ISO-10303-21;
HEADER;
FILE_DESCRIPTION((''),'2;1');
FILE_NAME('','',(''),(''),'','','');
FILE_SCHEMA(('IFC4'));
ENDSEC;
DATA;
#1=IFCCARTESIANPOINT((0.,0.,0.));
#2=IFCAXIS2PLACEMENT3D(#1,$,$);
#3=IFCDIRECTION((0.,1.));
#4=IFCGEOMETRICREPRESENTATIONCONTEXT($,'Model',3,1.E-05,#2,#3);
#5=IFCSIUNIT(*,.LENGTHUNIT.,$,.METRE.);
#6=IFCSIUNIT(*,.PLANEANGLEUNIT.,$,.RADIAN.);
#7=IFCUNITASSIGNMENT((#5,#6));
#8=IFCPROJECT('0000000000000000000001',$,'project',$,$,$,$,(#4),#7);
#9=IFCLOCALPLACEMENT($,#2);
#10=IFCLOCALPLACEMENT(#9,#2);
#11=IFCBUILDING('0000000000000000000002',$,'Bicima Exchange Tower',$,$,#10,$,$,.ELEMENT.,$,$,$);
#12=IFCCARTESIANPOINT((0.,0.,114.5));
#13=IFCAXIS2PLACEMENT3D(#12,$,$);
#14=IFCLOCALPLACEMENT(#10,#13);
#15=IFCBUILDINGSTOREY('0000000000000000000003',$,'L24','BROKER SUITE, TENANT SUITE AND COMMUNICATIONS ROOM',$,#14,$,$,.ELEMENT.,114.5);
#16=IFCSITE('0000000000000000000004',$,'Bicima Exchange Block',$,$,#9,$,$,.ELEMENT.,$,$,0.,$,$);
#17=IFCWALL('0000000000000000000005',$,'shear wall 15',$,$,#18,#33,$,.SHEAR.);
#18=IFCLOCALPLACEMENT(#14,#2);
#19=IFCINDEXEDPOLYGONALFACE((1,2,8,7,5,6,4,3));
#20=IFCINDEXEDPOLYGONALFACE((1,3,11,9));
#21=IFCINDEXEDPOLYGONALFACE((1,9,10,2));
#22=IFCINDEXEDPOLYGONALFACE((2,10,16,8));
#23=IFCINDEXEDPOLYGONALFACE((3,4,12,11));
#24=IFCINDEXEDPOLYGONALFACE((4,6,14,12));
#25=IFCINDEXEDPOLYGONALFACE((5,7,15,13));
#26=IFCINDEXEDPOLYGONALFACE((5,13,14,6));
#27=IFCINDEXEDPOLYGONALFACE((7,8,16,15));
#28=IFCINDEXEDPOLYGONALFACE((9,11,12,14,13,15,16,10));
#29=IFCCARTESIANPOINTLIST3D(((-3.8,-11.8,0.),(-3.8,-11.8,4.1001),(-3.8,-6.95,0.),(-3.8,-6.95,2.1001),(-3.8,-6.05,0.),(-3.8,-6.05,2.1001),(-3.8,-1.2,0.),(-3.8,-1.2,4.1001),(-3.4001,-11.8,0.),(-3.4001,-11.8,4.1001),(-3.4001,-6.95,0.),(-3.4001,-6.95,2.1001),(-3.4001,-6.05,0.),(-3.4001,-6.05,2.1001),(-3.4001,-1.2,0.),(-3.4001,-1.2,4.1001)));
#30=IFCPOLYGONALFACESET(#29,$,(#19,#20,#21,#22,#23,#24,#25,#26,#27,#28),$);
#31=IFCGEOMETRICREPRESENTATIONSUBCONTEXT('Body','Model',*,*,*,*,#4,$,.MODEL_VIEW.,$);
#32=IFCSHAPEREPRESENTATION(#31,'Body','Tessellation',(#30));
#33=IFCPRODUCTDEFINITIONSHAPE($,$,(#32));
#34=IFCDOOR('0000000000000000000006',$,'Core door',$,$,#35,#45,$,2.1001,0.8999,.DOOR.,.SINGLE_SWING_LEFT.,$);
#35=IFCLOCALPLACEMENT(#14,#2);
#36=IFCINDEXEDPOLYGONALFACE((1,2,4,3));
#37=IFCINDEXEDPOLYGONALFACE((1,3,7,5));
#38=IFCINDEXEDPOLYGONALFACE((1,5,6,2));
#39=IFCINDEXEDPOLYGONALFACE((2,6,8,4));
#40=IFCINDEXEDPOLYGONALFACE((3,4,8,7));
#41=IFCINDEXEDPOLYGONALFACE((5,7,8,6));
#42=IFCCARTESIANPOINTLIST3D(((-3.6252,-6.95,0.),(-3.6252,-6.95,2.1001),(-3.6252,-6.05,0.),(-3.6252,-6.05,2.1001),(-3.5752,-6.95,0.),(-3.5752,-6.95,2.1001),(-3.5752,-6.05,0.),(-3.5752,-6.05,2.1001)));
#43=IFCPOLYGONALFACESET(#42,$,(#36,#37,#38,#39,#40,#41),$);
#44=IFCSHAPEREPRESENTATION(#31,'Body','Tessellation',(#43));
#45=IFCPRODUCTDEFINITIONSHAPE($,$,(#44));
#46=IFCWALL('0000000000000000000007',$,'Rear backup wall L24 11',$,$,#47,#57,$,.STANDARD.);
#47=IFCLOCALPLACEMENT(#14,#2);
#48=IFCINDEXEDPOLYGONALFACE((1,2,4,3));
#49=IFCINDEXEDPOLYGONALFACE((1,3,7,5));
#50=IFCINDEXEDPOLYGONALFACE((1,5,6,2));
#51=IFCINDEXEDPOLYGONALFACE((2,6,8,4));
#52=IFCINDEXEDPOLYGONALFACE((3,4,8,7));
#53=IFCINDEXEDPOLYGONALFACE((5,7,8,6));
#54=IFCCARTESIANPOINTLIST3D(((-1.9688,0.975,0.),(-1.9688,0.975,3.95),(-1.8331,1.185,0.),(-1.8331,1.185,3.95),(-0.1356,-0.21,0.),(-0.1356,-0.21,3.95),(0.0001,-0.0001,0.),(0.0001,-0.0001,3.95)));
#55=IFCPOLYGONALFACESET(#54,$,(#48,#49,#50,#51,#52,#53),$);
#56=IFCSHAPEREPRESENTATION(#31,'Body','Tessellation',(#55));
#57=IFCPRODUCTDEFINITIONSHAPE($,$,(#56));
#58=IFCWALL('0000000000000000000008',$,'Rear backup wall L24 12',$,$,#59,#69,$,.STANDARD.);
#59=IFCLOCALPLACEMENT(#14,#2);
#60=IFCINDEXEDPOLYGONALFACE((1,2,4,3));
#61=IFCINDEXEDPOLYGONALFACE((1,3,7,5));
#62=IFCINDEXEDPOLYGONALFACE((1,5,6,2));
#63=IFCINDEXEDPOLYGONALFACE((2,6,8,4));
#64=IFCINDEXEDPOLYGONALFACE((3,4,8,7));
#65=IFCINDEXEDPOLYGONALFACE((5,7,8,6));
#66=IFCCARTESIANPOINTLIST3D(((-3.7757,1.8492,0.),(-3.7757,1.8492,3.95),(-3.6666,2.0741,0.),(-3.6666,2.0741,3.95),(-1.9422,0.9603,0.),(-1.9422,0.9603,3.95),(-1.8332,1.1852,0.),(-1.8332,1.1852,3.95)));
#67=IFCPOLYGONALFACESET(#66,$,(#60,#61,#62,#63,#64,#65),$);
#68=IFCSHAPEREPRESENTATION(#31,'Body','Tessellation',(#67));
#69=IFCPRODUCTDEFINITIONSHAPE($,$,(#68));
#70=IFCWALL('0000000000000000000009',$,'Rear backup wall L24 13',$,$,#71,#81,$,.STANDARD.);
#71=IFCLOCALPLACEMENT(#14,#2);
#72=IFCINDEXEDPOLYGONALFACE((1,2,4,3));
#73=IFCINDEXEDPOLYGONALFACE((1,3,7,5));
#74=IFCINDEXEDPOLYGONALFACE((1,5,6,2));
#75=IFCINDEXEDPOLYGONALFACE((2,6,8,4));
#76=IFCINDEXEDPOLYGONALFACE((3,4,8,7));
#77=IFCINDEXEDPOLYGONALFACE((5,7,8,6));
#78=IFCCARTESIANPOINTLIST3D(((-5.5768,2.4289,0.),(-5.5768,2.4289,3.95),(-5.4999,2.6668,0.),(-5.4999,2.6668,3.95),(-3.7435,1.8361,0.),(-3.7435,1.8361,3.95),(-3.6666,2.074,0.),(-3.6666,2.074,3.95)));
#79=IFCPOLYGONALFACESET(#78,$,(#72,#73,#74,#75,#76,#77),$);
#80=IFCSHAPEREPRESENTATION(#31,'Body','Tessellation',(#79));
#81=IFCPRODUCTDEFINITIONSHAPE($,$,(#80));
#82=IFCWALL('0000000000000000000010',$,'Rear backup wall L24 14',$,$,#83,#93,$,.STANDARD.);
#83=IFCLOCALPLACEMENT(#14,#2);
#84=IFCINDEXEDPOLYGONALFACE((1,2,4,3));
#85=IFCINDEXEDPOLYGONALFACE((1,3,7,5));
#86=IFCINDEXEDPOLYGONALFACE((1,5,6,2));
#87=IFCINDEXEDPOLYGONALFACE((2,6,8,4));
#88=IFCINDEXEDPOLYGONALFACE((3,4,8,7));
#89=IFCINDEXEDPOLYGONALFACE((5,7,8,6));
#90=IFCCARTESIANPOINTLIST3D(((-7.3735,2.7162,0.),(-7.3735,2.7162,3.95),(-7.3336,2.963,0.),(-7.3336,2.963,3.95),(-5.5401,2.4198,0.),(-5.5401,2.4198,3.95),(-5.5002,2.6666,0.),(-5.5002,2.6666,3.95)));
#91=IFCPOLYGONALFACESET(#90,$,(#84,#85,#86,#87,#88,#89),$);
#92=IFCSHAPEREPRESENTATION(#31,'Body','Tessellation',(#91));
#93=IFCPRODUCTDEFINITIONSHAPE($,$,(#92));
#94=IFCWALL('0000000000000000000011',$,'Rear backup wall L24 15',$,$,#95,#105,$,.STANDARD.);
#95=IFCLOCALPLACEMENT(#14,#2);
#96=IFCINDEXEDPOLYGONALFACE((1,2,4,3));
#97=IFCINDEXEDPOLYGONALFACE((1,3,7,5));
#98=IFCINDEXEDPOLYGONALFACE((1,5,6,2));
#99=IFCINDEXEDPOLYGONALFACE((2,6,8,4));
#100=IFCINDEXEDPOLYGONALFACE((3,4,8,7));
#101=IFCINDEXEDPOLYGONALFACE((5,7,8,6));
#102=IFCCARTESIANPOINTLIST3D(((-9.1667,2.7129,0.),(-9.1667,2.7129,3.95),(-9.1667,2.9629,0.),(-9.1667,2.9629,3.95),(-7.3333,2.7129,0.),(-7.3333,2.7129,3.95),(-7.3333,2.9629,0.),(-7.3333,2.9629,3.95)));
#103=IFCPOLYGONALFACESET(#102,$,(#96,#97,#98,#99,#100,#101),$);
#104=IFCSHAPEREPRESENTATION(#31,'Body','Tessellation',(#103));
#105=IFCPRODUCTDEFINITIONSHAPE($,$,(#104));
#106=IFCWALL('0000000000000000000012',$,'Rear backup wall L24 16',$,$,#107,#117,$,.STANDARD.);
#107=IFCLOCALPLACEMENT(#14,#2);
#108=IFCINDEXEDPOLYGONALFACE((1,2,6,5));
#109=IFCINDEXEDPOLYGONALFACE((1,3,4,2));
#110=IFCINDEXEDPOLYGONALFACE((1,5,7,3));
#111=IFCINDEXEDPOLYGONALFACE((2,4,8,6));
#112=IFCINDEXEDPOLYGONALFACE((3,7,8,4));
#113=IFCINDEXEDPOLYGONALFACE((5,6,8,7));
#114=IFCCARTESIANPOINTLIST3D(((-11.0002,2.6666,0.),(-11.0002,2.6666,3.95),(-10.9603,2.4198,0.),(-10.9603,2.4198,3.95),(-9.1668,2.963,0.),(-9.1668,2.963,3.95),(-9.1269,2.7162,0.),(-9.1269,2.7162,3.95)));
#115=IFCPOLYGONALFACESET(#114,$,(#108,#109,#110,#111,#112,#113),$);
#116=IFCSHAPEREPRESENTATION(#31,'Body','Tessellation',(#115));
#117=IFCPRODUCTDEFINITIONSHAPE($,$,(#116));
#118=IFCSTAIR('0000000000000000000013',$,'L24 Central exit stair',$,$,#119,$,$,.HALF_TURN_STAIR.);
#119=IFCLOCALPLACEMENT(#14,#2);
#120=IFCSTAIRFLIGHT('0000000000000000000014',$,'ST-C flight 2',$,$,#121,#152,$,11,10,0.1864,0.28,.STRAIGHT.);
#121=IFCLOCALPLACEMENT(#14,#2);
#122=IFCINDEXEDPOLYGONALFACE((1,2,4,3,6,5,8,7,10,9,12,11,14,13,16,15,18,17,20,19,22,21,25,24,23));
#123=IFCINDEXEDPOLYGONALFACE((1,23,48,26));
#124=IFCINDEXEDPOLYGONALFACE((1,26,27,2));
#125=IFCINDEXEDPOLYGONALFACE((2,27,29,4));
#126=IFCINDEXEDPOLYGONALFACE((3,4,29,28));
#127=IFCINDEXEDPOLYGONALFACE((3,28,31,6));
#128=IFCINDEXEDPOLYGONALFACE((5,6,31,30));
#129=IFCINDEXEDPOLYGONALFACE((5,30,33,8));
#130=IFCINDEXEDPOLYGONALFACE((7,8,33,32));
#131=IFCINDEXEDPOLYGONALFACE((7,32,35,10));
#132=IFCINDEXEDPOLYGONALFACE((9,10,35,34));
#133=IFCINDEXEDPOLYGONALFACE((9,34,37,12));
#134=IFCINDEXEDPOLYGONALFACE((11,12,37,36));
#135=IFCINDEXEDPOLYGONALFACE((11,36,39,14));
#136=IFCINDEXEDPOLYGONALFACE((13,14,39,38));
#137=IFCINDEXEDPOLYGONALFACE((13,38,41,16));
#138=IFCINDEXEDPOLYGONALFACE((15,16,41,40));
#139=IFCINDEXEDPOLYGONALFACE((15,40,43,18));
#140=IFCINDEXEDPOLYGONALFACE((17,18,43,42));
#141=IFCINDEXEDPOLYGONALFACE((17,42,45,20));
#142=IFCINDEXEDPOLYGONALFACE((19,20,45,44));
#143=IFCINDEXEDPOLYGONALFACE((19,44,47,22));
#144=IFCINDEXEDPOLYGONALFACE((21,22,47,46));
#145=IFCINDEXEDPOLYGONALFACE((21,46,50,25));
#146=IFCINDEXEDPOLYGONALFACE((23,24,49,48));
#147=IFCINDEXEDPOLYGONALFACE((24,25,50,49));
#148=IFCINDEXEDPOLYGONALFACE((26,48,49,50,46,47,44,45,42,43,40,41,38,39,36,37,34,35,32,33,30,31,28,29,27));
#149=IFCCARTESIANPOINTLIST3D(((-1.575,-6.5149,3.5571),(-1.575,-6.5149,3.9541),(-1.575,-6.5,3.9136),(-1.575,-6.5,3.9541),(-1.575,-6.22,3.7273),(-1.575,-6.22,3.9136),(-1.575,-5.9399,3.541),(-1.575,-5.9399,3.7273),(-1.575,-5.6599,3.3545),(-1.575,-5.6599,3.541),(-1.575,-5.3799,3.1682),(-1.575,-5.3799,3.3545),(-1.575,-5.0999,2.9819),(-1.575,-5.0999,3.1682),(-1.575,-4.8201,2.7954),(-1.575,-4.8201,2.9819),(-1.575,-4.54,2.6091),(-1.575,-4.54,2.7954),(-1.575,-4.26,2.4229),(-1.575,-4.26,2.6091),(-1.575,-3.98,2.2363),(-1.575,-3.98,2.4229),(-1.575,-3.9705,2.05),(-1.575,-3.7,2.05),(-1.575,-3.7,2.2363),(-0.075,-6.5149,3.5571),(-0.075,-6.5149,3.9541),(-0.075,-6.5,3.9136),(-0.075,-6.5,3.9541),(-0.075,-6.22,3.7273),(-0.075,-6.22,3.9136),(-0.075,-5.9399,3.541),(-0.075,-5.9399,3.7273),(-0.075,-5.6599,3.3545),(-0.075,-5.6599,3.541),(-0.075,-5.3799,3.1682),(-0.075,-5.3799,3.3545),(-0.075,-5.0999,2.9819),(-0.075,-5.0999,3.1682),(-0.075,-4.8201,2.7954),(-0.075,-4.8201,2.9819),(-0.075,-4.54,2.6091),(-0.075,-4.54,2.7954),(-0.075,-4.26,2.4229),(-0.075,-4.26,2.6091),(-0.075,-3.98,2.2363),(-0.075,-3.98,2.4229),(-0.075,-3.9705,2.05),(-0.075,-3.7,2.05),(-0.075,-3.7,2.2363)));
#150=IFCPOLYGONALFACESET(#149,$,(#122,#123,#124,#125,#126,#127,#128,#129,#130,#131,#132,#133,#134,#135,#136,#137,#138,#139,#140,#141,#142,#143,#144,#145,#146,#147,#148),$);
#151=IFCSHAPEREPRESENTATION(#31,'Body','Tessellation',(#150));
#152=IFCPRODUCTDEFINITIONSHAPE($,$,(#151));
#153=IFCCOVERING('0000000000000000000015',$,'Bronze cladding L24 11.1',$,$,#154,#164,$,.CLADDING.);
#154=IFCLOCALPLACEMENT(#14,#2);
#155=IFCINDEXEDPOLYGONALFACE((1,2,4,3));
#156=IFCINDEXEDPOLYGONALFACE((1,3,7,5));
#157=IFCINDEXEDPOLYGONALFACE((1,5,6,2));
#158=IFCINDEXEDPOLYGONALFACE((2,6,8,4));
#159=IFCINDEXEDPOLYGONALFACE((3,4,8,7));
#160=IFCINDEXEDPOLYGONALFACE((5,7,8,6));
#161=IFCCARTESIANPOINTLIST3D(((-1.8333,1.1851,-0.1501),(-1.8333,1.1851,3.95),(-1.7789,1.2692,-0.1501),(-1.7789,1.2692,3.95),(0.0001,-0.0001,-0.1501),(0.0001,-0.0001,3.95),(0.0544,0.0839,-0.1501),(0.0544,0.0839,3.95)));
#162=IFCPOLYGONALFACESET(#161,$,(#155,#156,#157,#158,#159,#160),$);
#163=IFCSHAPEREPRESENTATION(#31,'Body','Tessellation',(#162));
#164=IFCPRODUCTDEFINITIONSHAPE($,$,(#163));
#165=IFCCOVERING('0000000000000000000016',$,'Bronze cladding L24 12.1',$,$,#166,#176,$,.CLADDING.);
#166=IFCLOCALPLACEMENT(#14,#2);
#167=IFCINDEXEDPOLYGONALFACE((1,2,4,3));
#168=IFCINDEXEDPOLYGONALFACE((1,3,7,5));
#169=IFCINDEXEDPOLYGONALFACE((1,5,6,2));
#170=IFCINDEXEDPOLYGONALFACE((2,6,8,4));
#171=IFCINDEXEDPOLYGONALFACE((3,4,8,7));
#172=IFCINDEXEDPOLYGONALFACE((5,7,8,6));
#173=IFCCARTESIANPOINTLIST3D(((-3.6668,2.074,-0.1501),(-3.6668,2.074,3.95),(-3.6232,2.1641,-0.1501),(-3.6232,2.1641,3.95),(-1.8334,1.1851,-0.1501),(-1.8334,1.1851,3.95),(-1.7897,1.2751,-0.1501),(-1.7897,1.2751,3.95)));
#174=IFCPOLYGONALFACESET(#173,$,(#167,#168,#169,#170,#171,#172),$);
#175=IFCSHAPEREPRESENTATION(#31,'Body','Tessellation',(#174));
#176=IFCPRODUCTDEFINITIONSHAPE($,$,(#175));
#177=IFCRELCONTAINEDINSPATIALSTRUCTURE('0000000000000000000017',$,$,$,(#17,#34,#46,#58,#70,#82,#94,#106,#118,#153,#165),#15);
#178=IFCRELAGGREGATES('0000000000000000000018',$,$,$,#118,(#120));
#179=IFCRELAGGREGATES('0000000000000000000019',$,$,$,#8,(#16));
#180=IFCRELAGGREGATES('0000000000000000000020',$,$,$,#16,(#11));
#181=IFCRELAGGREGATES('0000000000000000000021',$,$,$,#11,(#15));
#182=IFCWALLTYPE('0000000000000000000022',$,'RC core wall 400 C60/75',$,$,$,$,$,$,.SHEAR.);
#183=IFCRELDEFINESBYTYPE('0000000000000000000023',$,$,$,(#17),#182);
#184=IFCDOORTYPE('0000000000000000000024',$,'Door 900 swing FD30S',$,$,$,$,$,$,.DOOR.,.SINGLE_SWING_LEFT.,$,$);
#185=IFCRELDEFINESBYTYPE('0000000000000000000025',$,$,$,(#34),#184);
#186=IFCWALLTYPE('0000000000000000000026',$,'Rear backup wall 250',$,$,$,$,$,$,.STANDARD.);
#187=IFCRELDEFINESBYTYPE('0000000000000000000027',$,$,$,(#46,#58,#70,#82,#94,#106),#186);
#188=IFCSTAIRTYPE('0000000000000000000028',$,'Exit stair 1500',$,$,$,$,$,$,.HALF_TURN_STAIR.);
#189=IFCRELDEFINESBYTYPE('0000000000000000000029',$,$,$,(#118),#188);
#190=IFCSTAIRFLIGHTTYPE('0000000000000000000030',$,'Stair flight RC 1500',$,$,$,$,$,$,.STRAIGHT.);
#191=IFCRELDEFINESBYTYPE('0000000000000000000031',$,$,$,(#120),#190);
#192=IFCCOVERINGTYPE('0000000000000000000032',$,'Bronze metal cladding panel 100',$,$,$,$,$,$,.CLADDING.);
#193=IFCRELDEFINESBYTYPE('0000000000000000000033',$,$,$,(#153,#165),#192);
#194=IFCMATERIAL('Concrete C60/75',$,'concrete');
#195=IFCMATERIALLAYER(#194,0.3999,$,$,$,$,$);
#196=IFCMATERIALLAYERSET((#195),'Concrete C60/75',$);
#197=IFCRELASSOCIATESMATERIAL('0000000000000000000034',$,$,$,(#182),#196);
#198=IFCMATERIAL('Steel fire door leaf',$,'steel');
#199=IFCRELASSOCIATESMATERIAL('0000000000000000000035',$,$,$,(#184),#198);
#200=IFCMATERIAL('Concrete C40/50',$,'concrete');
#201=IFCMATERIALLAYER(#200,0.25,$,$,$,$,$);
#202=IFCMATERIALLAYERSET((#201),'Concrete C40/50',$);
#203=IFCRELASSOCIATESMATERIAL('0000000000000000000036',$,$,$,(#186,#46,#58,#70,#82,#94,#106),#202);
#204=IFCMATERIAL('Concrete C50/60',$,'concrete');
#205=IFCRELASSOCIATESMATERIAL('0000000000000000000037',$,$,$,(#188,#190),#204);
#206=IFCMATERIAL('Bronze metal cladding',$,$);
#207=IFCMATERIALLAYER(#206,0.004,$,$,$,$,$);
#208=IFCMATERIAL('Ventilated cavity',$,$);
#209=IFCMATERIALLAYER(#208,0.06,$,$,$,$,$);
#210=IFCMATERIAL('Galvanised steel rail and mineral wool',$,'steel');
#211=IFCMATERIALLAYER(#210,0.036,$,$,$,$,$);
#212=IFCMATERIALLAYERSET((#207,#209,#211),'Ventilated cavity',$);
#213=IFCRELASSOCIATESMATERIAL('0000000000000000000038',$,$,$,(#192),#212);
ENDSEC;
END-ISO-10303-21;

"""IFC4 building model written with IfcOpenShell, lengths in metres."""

from ifc_helpers import new_model, si_unit, direction, frame, frame_2d, origin, origin_2d, place, context, subcontext, project, spatial, polyline, rectangle, outline, extrude, material, layer, layer_set, layer_usage, type_object, element, fill, aggregate, save


model = new_model("IFC4")

# Units and contexts
model_context = context("Model", 3, precision=1e-05, world=origin(), true_north=direction((0.0, 1.0)))
body_context = subcontext(model_context, "Body", "Model", "MODEL_VIEW")
ifc_project = project(units=[si_unit("LENGTHUNIT", "METRE"), si_unit("PLANEANGLEUNIT", "RADIAN")], contexts=[model_context])

# Site, building, storey
site_placement = place(None, origin())
site = spatial("IfcSite", under=ifc_project, at=site_placement, Name="Bicima Exchange Block", CompositionType="ELEMENT", RefElevation=0.0)
building_placement = place(site_placement, origin())
building = spatial("IfcBuilding", under=site, at=building_placement, Name="Bicima Exchange Tower", CompositionType="ELEMENT")
storey_placement = place(building_placement, frame((0.0, 0.0, 114.5)))
storey = spatial("IfcBuildingStorey", under=building, at=storey_placement, Name="L24", Description="BROKER SUITE, TENANT SUITE AND COMMUNICATIONS ROOM", CompositionType="ELEMENT", Elevation=114.5)

# Shared definitions
ifc_material_1 = material(Name="Concrete C50/60", Category="concrete")
ifc_material_2 = material(Name="Steel fire door leaf", Category="steel")

# Wall, opening, door
ifc_material_3 = material(Name="Concrete C60/75", Category="concrete")
ifc_layer_1 = layer(ifc_material_3, 0.3999)
ifc_layer_set_1 = layer_set([ifc_layer_1], Name="Concrete C60/75")
wall_type_1 = type_object("IfcWallType", Name="RC core wall 400 C60/75", PredefinedType="SHEAR", material=ifc_layer_set_1)
door_type_1 = type_object("IfcDoorType", Name="Door 900 swing FD30S", OperationType="SINGLE_SWING_LEFT", PredefinedType="DOOR", material=ifc_material_2)
wall_1_placement = place(storey_placement, frame((-3.6001, -11.8, 0.0), z_axis=(0.0, 0.0, 1.0), x_axis=(0.0, 1.0, 0.0)))
wall_1 = element("IfcWall", 1, at=wall_1_placement, inside=storey, type_object=wall_type_1, Name="shear wall 15", PredefinedType="SHEAR", context=body_context, shape_type="SweptSolid", body=[
    extrude(rectangle(XDim=10.6001, YDim=0.3999, at=frame_2d((5.3, 0.0))), origin(), (0.0, 0.0, 1.0), 4.1001),
])
opening_1_placement = place(wall_1_placement, frame((4.8501, 0.0, 0.0)))
opening_1 = element("IfcOpeningElement", 2, at=opening_1_placement, cuts=wall_1, PredefinedType="OPENING", context=body_context, shape_type="SweptSolid", body=[
    extrude(rectangle(XDim=0.8999, YDim=2.1001, at=frame_2d((0.45, 1.05))), frame((0.0, 0.2119, 0.0), z_axis=(0.0, -1.0, 0.0), x_axis=(1.0, 0.0, 0.0)), (0.0, 0.0, 1.0), 0.4238),
])
door_1_placement = place(opening_1_placement, frame((0.8999, 0.0, 0.0), z_axis=(0.0, 0.0, 1.0), x_axis=(-1.0, 0.0, 0.0)))
door_1 = element("IfcDoor", 3, at=door_1_placement, inside=storey, type_object=door_type_1, Name="Core door", OperationType="SINGLE_SWING_LEFT", OverallHeight=2.1001, OverallWidth=0.8999, PredefinedType="DOOR", context=body_context, shape_type="SweptSolid", body=[
    extrude(rectangle(XDim=0.8999, YDim=2.1001, at=frame_2d((0.45, 1.05))), frame((0.0, 0.0249, 0.0), z_axis=(0.0, -1.0, 0.0), x_axis=(1.0, 0.0, 0.0)), (0.0, 0.0, 1.0), 0.05),
])
fill(opening_1, door_1)

# Walls
ifc_material_4 = material(Name="Concrete C40/50", Category="concrete")
ifc_layer_2 = layer(ifc_material_4, 0.25)
ifc_layer_set_2 = layer_set([ifc_layer_2], Name="Concrete C40/50")
ifc_layer_usage = layer_usage(ifc_layer_set_2, "AXIS2", "POSITIVE", -0.125)
wall_type_2 = type_object("IfcWallType", Name="Rear backup wall 250", PredefinedType="STANDARD", material=ifc_layer_set_2)
wall_2_placement = place(storey_placement, frame((-0.0679, -0.105, 0.0), z_axis=(0.0, 0.0, 1.0), x_axis=(-0.839813, 0.542876, 0.0)))
element("IfcWall", 4, at=wall_2_placement, inside=storey, type_object=wall_type_2, material=ifc_layer_usage, Name="Rear backup wall L24 11", PredefinedType="STANDARD", context=body_context, shape_type="SweptSolid", body=[
    extrude(rectangle(XDim=2.1829, YDim=0.25, at=frame_2d((1.0913, 0.0))), origin(), (0.0, 0.0, 1.0), 3.95),
])
wall_3_placement = place(storey_placement, frame((-1.8877, 1.0728, 0.0), z_axis=(0.0, 0.0, 1.0), x_axis=(-0.899824, 0.436253, 0.0)))
element("IfcWall", 5, at=wall_3_placement, inside=storey, type_object=wall_type_2, material=ifc_layer_usage, Name="Rear backup wall L24 12", PredefinedType="STANDARD", context=body_context, shape_type="SweptSolid", body=[
    extrude(rectangle(XDim=2.0376, YDim=0.25, at=frame_2d((1.0188, 0.0))), origin(), (0.0, 0.0, 1.0), 3.95),
])
wall_4_placement = place(storey_placement, frame((-3.7051, 1.9551, 0.0), z_axis=(0.0, 0.0, 1.0), x_axis=(-0.951496, 0.307662, 0.0)))
element("IfcWall", 6, at=wall_4_placement, inside=storey, type_object=wall_type_2, material=ifc_layer_usage, Name="Rear backup wall L24 13", PredefinedType="STANDARD", context=body_context, shape_type="SweptSolid", body=[
    extrude(rectangle(XDim=1.9268, YDim=0.25, at=frame_2d((0.9634, 0.0))), origin(), (0.0, 0.0, 1.0), 3.95),
])
wall_5_placement = place(storey_placement, frame((-5.52, 2.5432, 0.0), z_axis=(0.0, 0.0, 1.0), x_axis=(-0.987182, 0.1596, 0.0)))
element("IfcWall", 7, at=wall_5_placement, inside=storey, type_object=wall_type_2, material=ifc_layer_usage, Name="Rear backup wall L24 14", PredefinedType="STANDARD", context=body_context, shape_type="SweptSolid", body=[
    extrude(rectangle(XDim=1.8572, YDim=0.25, at=frame_2d((0.9287, 0.0))), origin(), (0.0, 0.0, 1.0), 3.95),
])
wall_6_placement = place(storey_placement, frame((-7.3333, 2.8379, 0.0), z_axis=(0.0, 0.0, 1.0), x_axis=(-1.0, 0.0, 0.0)))
element("IfcWall", 8, at=wall_6_placement, inside=storey, type_object=wall_type_2, material=ifc_layer_usage, Name="Rear backup wall L24 15", PredefinedType="STANDARD", context=body_context, shape_type="SweptSolid", body=[
    extrude(rectangle(XDim=1.8335, YDim=0.25, at=frame_2d((0.9167, 0.0))), origin(), (0.0, 0.0, 1.0), 3.95),
])
wall_7_placement = place(storey_placement, frame((-9.1467, 2.8396, 0.0), z_axis=(0.0, 0.0, 1.0), x_axis=(-0.987182, -0.1596, 0.0)))
element("IfcWall", 9, at=wall_7_placement, inside=storey, type_object=wall_type_2, material=ifc_layer_usage, Name="Rear backup wall L24 16", PredefinedType="STANDARD", context=body_context, shape_type="SweptSolid", body=[
    extrude(rectangle(XDim=1.8572, YDim=0.25, at=frame_2d((0.9287, 0.0))), origin(), (0.0, 0.0, 1.0), 3.95),
])

# Stair, stair flight
stair_type = type_object("IfcStairType", Name="Exit stair 1500", PredefinedType="HALF_TURN_STAIR", material=ifc_material_1)
stair_placement = place(storey_placement, origin())
stair = element("IfcStair", 10, at=stair_placement, inside=storey, type_object=stair_type, Name="L24 Central exit stair", PredefinedType="HALF_TURN_STAIR")
stair_flight_type = type_object("IfcStairFlightType", Name="Stair flight RC 1500", PredefinedType="STRAIGHT", material=ifc_material_1)
stair_flight_placement = place(storey_placement, frame((-0.825, -3.7, 2.05), z_axis=(0.0, 0.0, 1.0), x_axis=(0.0, -1.0, 0.0)))
stair_flight = element("IfcStairFlight", 11, at=stair_flight_placement, type_object=stair_flight_type, Name="ST-C flight 2", NumberOfRisers=11, NumberOfTreads=10, PredefinedType="STRAIGHT", RiserHeight=0.1864, TreadLength=0.28, context=body_context, shape_type="SweptSolid", body=[
    extrude(outline(polyline([(0.0, 0.0), (0.0, 0.1863), (0.28, 0.1863), (0.28, 0.3728), (0.5601, 0.3728), (0.5601, 0.5591), (0.8401, 0.5591), (0.8401, 0.7454), (1.1201, 0.7454), (1.1201, 0.9319), (1.3999, 0.9319), (1.3999, 1.1182), (1.6799, 1.1182), (1.6799, 1.3044), (1.96, 1.3044), (1.96, 1.491), (2.24, 1.491), (2.24, 1.6772), (2.52, 1.6772), (2.52, 1.8635), (2.8, 1.8635), (2.8, 1.9041), (2.8149, 1.9041), (2.8149, 1.5071), (0.2705, 0.0), (0.0, 0.0)])), frame((0.0, 0.75, 0.0), z_axis=(0.0, -1.0, 0.0), x_axis=(1.0, 0.0, 0.0)), (0.0, 0.0, 1.0), 1.5),
])
aggregate(stair, [stair_flight])

# Coverings
ifc_material_5 = material(Name="Bronze metal cladding")
ifc_layer_3 = layer(ifc_material_5, 0.004)
ifc_material_6 = material(Name="Ventilated cavity")
ifc_layer_4 = layer(ifc_material_6, 0.06)
ifc_material_7 = material(Name="Galvanised steel rail and mineral wool", Category="steel")
ifc_layer_5 = layer(ifc_material_7, 0.036)
ifc_layer_set_3 = layer_set([ifc_layer_3, ifc_layer_4, ifc_layer_5], Name="Ventilated cavity")
covering_type = type_object("IfcCoveringType", Name="Bronze metal cladding panel 100", PredefinedType="CLADDING", material=ifc_layer_set_3)
covering_1_placement = place(storey_placement, frame((-0.8894, 0.6345, -0.1501), z_axis=(0.0, 0.0, 1.0), x_axis=(-0.83979, 0.542911, 0.0)))
element("IfcCovering", 12, at=covering_1_placement, inside=storey, type_object=covering_type, Name="Bronze cladding L24 11.1", PredefinedType="CLADDING", context=body_context, shape_type="SweptSolid", body=[
    extrude(rectangle(XDim=2.1831, YDim=0.1001, at=origin_2d()), origin(), (0.0, 0.0, 1.0), 4.1001),
])
covering_2_placement = place(storey_placement, frame((-2.7283, 1.6746, -0.1501), z_axis=(0.0, 0.0, 1.0), x_axis=(-0.899818, 0.436265, 0.0)))
element("IfcCovering", 13, at=covering_2_placement, inside=storey, type_object=covering_type, Name="Bronze cladding L24 12.1", PredefinedType="CLADDING", context=body_context, shape_type="SweptSolid", body=[
    extrude(rectangle(XDim=2.0376, YDim=0.1001, at=origin_2d()), origin(), (0.0, 0.0, 1.0), 4.1001),
])

save(model, "model.ifc")
